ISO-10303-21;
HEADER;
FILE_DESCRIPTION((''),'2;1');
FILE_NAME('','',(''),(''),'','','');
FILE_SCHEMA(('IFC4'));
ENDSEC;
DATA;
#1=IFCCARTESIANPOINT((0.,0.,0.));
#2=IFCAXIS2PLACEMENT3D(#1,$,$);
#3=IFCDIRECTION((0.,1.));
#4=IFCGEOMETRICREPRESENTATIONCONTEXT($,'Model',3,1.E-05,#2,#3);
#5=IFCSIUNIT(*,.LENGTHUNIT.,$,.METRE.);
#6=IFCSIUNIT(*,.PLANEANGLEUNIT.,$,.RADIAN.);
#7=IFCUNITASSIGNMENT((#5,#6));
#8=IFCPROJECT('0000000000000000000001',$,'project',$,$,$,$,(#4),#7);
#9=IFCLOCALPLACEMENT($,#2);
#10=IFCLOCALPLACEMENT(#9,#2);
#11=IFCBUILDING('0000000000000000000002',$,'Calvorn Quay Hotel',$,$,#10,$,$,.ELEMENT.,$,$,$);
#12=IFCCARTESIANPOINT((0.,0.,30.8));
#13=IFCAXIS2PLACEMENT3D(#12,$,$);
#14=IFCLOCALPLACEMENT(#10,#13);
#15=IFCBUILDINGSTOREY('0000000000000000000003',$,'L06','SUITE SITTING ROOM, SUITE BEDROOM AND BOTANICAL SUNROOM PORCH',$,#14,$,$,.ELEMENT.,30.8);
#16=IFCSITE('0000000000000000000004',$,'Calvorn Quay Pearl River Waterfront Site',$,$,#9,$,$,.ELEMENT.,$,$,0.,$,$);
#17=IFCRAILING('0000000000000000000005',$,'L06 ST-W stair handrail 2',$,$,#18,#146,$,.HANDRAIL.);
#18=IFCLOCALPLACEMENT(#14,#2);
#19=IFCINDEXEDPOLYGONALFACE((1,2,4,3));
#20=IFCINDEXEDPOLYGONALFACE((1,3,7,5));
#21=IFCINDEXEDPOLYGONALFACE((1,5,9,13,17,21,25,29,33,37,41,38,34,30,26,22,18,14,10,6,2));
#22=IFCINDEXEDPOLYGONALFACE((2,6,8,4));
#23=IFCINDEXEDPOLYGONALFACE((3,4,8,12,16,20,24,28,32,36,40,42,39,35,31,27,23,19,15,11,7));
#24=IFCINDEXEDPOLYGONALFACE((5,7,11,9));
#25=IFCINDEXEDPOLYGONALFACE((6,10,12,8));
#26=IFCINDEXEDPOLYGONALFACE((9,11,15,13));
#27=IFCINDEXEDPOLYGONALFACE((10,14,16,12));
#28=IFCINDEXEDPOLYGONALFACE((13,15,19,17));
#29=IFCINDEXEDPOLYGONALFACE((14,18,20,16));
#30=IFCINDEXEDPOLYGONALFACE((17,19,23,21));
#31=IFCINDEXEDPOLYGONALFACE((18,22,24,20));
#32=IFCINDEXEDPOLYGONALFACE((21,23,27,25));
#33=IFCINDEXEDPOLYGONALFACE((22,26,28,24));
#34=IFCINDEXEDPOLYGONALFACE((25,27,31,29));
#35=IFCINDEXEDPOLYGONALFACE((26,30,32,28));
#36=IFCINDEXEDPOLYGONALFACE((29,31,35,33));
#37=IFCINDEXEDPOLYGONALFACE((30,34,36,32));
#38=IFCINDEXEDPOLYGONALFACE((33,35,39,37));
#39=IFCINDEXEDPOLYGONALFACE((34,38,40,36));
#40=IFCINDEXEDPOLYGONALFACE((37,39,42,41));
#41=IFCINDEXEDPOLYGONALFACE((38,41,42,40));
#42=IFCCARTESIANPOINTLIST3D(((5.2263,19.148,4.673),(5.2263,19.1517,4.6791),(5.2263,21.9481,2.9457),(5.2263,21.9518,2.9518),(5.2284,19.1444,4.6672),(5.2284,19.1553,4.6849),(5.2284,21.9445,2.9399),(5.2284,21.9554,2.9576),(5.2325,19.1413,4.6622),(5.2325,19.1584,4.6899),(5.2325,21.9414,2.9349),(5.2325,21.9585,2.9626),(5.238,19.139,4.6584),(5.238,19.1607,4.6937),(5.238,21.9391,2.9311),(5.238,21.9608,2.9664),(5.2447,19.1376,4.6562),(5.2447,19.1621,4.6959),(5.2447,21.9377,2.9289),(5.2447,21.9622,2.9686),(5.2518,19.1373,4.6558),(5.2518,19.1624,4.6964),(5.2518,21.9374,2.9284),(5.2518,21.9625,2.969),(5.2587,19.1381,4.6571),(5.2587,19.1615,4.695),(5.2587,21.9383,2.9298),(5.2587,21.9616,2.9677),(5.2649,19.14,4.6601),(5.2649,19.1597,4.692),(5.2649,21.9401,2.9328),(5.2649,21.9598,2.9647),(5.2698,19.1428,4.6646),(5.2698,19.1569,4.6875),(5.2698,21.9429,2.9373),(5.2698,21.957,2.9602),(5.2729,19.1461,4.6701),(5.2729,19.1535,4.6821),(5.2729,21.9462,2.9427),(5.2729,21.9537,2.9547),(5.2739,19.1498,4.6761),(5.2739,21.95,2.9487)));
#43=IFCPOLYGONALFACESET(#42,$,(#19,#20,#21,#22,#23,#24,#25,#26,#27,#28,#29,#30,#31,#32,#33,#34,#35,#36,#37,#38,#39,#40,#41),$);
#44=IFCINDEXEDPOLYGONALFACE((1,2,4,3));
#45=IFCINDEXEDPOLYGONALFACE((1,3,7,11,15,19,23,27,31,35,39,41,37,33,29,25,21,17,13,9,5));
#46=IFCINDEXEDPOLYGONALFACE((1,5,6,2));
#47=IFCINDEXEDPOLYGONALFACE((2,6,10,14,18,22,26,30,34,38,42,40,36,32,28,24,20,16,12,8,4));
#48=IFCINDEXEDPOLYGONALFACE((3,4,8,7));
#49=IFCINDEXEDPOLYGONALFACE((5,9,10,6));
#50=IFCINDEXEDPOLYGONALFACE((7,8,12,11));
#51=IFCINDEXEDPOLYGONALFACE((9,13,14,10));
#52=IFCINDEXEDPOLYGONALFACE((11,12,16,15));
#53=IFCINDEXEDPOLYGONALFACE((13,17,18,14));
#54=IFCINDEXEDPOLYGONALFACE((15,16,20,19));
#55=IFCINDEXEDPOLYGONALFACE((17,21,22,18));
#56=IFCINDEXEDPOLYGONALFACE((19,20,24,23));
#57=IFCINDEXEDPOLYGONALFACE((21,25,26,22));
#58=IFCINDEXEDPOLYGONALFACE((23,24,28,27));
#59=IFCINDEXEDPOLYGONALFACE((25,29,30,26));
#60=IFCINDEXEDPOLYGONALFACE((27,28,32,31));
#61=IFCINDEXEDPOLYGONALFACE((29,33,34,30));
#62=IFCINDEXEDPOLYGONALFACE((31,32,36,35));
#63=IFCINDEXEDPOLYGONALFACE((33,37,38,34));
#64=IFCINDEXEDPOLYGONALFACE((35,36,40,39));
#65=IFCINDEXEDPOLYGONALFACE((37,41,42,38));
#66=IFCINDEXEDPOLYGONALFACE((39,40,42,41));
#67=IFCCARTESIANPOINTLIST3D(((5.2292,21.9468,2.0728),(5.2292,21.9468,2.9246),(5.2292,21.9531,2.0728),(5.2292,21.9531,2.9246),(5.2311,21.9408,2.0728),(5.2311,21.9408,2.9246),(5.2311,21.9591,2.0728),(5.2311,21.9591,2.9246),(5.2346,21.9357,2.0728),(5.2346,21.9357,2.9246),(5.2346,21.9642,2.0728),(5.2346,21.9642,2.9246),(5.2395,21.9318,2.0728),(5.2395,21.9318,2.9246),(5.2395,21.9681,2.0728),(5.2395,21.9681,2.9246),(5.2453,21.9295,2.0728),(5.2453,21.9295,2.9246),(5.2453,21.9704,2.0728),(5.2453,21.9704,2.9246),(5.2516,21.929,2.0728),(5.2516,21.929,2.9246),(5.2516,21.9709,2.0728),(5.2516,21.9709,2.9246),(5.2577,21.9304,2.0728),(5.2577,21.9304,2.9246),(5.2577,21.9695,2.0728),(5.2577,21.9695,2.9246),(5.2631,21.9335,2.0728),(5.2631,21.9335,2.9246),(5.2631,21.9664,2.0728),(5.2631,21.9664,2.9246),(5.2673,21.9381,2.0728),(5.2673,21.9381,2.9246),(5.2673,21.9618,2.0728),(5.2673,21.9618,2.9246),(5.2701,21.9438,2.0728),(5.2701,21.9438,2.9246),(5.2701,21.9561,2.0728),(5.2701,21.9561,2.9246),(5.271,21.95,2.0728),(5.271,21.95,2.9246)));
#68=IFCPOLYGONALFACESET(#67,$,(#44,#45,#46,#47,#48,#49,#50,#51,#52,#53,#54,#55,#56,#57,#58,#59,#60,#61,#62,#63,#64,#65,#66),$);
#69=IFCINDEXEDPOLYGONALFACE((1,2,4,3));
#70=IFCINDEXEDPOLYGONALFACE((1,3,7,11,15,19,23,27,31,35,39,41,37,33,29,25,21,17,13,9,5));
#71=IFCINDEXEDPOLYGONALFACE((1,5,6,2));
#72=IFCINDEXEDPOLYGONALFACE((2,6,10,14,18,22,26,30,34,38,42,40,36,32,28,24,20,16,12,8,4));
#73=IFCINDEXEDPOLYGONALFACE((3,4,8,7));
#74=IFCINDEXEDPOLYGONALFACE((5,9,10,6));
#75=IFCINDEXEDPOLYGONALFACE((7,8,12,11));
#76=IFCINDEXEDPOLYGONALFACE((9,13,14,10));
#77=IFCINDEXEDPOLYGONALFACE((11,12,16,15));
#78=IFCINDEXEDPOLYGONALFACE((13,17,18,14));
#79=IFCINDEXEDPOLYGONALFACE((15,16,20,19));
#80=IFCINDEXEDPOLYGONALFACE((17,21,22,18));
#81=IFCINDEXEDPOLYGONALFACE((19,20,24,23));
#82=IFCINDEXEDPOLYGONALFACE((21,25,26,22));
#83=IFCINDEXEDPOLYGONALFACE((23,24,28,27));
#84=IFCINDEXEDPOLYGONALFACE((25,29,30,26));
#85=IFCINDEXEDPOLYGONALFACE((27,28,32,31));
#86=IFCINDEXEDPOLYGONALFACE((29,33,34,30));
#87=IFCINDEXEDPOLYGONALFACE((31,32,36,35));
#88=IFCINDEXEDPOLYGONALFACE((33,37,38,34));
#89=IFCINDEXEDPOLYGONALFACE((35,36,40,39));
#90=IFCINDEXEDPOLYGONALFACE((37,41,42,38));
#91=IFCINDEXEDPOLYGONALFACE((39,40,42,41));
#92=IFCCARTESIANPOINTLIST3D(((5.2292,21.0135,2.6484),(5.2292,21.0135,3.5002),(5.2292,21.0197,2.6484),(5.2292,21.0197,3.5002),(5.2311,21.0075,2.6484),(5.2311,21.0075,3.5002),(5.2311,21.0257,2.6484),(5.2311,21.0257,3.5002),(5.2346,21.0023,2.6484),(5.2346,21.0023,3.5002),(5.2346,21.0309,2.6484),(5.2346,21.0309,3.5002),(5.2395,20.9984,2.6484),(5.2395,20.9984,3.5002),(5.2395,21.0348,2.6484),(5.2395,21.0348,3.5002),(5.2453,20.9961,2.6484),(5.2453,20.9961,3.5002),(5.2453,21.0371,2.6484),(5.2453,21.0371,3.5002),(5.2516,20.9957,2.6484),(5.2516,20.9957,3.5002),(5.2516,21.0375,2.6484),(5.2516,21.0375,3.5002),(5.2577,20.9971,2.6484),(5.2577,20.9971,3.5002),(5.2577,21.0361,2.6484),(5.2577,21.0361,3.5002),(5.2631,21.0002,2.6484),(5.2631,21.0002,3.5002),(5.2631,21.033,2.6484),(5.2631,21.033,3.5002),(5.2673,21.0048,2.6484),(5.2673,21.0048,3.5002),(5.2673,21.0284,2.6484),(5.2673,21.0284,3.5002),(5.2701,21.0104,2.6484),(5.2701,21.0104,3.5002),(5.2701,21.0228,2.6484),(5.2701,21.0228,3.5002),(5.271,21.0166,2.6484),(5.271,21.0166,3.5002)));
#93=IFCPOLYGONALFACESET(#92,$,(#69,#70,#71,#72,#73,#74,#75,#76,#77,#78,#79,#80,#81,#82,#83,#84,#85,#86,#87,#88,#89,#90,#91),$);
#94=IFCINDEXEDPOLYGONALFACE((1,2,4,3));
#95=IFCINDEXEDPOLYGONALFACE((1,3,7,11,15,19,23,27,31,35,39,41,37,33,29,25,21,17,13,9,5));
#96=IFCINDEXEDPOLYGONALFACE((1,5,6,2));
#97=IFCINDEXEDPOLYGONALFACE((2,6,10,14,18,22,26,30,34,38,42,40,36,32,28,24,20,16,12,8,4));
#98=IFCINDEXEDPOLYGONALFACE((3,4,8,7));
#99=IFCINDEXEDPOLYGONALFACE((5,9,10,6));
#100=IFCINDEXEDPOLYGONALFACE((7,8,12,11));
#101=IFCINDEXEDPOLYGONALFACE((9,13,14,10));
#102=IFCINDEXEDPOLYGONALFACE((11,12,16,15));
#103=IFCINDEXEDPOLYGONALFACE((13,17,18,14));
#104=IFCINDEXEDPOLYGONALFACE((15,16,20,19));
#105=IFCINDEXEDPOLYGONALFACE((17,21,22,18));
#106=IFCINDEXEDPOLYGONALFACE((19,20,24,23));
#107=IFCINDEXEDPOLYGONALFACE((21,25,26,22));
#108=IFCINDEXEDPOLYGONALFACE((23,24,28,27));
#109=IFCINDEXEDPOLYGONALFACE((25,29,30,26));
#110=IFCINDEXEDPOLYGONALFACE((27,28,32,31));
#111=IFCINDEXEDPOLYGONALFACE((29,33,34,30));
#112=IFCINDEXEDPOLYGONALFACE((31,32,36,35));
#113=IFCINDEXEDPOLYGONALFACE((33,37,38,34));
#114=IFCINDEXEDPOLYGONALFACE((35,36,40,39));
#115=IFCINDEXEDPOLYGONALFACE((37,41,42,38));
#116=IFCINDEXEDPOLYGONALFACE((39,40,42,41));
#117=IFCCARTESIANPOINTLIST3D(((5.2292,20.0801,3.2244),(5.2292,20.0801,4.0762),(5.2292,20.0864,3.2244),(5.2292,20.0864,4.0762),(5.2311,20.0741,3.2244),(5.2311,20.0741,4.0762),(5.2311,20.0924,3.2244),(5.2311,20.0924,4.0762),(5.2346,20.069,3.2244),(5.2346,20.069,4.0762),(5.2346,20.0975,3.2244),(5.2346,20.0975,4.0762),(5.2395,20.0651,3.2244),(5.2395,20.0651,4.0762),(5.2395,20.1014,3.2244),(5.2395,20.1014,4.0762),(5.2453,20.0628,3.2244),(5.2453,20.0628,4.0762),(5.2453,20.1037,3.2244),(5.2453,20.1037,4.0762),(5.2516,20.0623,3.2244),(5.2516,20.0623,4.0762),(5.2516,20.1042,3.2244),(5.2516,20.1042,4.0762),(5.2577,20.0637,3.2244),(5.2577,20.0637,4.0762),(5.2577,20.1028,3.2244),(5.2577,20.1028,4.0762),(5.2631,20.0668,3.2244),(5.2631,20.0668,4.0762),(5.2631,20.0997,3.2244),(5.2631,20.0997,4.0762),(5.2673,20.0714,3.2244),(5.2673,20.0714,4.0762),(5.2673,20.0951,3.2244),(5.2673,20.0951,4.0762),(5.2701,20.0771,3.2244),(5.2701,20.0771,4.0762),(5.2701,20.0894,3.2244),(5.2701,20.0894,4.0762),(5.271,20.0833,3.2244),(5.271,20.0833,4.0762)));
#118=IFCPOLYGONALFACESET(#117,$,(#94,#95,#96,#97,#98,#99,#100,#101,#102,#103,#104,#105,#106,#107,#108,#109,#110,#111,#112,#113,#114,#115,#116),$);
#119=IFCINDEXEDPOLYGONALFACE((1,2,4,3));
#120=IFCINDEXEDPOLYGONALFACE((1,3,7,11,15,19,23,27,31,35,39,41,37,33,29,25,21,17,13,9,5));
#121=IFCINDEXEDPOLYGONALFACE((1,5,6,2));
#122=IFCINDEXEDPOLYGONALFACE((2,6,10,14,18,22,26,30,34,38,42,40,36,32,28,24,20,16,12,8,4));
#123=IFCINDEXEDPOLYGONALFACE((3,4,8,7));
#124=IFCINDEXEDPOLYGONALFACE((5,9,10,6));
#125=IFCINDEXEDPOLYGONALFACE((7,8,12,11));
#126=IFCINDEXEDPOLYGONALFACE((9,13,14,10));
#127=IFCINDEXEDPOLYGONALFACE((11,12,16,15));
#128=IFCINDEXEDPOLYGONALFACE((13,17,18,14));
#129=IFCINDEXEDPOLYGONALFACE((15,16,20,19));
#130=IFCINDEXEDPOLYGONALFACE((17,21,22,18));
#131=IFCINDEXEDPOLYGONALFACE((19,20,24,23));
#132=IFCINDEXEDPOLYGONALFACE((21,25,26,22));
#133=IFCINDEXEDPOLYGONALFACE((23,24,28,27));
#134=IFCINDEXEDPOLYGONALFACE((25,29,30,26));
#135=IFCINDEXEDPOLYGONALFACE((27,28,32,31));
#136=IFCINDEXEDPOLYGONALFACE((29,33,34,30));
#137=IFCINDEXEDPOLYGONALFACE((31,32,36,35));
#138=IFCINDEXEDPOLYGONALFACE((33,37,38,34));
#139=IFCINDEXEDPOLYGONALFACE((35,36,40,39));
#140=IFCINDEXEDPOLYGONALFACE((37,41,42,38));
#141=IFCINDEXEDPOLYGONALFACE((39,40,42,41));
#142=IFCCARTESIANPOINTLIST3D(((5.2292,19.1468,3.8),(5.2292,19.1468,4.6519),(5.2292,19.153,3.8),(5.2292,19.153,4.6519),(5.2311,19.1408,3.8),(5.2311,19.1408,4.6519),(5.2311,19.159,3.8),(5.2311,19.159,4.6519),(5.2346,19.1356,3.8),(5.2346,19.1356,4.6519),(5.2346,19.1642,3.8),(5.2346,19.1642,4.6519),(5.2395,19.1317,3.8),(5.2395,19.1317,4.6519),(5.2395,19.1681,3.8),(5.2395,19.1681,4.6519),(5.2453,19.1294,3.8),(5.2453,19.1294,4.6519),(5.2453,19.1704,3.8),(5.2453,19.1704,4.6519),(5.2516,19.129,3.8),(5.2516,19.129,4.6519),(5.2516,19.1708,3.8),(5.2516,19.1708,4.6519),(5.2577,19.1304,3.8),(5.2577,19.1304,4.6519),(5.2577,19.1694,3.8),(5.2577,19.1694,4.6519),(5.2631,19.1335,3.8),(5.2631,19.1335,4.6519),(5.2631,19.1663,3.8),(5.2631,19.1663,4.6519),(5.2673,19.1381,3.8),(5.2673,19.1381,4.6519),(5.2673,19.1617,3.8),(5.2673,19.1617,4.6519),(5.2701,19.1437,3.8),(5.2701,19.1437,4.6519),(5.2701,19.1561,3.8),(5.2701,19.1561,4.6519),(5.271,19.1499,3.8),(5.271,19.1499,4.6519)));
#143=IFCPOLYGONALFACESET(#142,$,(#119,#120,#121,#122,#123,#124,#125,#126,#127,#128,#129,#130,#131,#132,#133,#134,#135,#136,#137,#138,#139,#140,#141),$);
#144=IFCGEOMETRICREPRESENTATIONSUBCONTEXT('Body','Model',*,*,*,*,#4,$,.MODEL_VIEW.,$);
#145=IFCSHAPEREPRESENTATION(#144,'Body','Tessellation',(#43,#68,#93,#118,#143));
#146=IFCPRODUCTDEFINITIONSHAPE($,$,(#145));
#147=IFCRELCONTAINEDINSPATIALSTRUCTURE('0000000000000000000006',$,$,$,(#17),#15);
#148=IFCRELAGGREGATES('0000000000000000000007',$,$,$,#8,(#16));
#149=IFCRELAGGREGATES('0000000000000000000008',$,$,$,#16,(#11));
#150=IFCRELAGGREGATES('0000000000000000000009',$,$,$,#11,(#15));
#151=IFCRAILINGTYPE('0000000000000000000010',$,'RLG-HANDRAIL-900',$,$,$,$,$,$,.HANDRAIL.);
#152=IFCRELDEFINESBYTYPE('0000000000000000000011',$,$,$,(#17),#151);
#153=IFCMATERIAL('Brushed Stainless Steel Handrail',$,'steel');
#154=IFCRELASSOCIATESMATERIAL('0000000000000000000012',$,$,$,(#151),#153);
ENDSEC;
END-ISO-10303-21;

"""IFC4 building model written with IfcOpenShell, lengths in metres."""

from ifc_helpers import new_model, si_unit, direction, frame, origin, origin_2d, place, context, subcontext, project, spatial, circle, extrude, material, type_object, element, save


model = new_model("IFC4")

# Units and contexts
model_context = context("Model", 3, precision=1e-05, world=origin(), true_north=direction((0.0, 1.0)))
body_context = subcontext(model_context, "Body", "Model", "MODEL_VIEW")
ifc_project = project(units=[si_unit("LENGTHUNIT", "METRE"), si_unit("PLANEANGLEUNIT", "RADIAN")], contexts=[model_context])

# Site, building, storey
site_placement = place(None, origin())
site = spatial("IfcSite", under=ifc_project, at=site_placement, Name="Calvorn Quay Pearl River Waterfront Site", CompositionType="ELEMENT", RefElevation=0.0)
building_placement = place(site_placement, origin())
building = spatial("IfcBuilding", under=site, at=building_placement, Name="Calvorn Quay Hotel", CompositionType="ELEMENT")
storey_placement = place(building_placement, frame((0.0, 0.0, 30.8)))
storey = spatial("IfcBuildingStorey", under=building, at=storey_placement, Name="L06", Description="SUITE SITTING ROOM, SUITE BEDROOM AND BOTANICAL SUNROOM PORCH", CompositionType="ELEMENT", Elevation=30.8)

# Railing
ifc_material_1 = material(Name="Brushed Stainless Steel Handrail", Category="steel")
railing_type_1 = type_object("IfcRailingType", Name="RLG-HANDRAIL-900", PredefinedType="HANDRAIL", material=ifc_material_1)
railing_1_placement = place(storey_placement, frame((5.25, 21.95, 2.0728)))
element("IfcRailing", 1, at=railing_1_placement, inside=storey, type_object=railing_type_1, Name="L06 ST-W stair handrail 2", PredefinedType="HANDRAIL", context=body_context, shape_type="SweptSolid", body=[
    extrude(circle(Radius=0.0239, at=origin_2d()), frame((0.0, 0.0, 0.876), z_axis=(0.0, -0.85109, 0.52502), x_axis=(1.0, 0.0, 0.0)), (0.0, 0.0, 1.0), 3.29),
    extrude(circle(Radius=0.021, at=origin_2d()), origin(), (0.0, 0.0, 1.0), 0.8518),
    extrude(circle(Radius=0.021, at=origin_2d()), frame((0.0, -0.9333, 0.5757)), (0.0, 0.0, 1.0), 0.8518),
    extrude(circle(Radius=0.021, at=origin_2d()), frame((0.0, -1.8667, 1.1516)), (0.0, 0.0, 1.0), 0.8518),
    extrude(circle(Radius=0.021, at=origin_2d()), frame((0.0, -2.8, 1.7273)), (0.0, 0.0, 1.0), 0.8518),
])

save(model, "model.ifc")
